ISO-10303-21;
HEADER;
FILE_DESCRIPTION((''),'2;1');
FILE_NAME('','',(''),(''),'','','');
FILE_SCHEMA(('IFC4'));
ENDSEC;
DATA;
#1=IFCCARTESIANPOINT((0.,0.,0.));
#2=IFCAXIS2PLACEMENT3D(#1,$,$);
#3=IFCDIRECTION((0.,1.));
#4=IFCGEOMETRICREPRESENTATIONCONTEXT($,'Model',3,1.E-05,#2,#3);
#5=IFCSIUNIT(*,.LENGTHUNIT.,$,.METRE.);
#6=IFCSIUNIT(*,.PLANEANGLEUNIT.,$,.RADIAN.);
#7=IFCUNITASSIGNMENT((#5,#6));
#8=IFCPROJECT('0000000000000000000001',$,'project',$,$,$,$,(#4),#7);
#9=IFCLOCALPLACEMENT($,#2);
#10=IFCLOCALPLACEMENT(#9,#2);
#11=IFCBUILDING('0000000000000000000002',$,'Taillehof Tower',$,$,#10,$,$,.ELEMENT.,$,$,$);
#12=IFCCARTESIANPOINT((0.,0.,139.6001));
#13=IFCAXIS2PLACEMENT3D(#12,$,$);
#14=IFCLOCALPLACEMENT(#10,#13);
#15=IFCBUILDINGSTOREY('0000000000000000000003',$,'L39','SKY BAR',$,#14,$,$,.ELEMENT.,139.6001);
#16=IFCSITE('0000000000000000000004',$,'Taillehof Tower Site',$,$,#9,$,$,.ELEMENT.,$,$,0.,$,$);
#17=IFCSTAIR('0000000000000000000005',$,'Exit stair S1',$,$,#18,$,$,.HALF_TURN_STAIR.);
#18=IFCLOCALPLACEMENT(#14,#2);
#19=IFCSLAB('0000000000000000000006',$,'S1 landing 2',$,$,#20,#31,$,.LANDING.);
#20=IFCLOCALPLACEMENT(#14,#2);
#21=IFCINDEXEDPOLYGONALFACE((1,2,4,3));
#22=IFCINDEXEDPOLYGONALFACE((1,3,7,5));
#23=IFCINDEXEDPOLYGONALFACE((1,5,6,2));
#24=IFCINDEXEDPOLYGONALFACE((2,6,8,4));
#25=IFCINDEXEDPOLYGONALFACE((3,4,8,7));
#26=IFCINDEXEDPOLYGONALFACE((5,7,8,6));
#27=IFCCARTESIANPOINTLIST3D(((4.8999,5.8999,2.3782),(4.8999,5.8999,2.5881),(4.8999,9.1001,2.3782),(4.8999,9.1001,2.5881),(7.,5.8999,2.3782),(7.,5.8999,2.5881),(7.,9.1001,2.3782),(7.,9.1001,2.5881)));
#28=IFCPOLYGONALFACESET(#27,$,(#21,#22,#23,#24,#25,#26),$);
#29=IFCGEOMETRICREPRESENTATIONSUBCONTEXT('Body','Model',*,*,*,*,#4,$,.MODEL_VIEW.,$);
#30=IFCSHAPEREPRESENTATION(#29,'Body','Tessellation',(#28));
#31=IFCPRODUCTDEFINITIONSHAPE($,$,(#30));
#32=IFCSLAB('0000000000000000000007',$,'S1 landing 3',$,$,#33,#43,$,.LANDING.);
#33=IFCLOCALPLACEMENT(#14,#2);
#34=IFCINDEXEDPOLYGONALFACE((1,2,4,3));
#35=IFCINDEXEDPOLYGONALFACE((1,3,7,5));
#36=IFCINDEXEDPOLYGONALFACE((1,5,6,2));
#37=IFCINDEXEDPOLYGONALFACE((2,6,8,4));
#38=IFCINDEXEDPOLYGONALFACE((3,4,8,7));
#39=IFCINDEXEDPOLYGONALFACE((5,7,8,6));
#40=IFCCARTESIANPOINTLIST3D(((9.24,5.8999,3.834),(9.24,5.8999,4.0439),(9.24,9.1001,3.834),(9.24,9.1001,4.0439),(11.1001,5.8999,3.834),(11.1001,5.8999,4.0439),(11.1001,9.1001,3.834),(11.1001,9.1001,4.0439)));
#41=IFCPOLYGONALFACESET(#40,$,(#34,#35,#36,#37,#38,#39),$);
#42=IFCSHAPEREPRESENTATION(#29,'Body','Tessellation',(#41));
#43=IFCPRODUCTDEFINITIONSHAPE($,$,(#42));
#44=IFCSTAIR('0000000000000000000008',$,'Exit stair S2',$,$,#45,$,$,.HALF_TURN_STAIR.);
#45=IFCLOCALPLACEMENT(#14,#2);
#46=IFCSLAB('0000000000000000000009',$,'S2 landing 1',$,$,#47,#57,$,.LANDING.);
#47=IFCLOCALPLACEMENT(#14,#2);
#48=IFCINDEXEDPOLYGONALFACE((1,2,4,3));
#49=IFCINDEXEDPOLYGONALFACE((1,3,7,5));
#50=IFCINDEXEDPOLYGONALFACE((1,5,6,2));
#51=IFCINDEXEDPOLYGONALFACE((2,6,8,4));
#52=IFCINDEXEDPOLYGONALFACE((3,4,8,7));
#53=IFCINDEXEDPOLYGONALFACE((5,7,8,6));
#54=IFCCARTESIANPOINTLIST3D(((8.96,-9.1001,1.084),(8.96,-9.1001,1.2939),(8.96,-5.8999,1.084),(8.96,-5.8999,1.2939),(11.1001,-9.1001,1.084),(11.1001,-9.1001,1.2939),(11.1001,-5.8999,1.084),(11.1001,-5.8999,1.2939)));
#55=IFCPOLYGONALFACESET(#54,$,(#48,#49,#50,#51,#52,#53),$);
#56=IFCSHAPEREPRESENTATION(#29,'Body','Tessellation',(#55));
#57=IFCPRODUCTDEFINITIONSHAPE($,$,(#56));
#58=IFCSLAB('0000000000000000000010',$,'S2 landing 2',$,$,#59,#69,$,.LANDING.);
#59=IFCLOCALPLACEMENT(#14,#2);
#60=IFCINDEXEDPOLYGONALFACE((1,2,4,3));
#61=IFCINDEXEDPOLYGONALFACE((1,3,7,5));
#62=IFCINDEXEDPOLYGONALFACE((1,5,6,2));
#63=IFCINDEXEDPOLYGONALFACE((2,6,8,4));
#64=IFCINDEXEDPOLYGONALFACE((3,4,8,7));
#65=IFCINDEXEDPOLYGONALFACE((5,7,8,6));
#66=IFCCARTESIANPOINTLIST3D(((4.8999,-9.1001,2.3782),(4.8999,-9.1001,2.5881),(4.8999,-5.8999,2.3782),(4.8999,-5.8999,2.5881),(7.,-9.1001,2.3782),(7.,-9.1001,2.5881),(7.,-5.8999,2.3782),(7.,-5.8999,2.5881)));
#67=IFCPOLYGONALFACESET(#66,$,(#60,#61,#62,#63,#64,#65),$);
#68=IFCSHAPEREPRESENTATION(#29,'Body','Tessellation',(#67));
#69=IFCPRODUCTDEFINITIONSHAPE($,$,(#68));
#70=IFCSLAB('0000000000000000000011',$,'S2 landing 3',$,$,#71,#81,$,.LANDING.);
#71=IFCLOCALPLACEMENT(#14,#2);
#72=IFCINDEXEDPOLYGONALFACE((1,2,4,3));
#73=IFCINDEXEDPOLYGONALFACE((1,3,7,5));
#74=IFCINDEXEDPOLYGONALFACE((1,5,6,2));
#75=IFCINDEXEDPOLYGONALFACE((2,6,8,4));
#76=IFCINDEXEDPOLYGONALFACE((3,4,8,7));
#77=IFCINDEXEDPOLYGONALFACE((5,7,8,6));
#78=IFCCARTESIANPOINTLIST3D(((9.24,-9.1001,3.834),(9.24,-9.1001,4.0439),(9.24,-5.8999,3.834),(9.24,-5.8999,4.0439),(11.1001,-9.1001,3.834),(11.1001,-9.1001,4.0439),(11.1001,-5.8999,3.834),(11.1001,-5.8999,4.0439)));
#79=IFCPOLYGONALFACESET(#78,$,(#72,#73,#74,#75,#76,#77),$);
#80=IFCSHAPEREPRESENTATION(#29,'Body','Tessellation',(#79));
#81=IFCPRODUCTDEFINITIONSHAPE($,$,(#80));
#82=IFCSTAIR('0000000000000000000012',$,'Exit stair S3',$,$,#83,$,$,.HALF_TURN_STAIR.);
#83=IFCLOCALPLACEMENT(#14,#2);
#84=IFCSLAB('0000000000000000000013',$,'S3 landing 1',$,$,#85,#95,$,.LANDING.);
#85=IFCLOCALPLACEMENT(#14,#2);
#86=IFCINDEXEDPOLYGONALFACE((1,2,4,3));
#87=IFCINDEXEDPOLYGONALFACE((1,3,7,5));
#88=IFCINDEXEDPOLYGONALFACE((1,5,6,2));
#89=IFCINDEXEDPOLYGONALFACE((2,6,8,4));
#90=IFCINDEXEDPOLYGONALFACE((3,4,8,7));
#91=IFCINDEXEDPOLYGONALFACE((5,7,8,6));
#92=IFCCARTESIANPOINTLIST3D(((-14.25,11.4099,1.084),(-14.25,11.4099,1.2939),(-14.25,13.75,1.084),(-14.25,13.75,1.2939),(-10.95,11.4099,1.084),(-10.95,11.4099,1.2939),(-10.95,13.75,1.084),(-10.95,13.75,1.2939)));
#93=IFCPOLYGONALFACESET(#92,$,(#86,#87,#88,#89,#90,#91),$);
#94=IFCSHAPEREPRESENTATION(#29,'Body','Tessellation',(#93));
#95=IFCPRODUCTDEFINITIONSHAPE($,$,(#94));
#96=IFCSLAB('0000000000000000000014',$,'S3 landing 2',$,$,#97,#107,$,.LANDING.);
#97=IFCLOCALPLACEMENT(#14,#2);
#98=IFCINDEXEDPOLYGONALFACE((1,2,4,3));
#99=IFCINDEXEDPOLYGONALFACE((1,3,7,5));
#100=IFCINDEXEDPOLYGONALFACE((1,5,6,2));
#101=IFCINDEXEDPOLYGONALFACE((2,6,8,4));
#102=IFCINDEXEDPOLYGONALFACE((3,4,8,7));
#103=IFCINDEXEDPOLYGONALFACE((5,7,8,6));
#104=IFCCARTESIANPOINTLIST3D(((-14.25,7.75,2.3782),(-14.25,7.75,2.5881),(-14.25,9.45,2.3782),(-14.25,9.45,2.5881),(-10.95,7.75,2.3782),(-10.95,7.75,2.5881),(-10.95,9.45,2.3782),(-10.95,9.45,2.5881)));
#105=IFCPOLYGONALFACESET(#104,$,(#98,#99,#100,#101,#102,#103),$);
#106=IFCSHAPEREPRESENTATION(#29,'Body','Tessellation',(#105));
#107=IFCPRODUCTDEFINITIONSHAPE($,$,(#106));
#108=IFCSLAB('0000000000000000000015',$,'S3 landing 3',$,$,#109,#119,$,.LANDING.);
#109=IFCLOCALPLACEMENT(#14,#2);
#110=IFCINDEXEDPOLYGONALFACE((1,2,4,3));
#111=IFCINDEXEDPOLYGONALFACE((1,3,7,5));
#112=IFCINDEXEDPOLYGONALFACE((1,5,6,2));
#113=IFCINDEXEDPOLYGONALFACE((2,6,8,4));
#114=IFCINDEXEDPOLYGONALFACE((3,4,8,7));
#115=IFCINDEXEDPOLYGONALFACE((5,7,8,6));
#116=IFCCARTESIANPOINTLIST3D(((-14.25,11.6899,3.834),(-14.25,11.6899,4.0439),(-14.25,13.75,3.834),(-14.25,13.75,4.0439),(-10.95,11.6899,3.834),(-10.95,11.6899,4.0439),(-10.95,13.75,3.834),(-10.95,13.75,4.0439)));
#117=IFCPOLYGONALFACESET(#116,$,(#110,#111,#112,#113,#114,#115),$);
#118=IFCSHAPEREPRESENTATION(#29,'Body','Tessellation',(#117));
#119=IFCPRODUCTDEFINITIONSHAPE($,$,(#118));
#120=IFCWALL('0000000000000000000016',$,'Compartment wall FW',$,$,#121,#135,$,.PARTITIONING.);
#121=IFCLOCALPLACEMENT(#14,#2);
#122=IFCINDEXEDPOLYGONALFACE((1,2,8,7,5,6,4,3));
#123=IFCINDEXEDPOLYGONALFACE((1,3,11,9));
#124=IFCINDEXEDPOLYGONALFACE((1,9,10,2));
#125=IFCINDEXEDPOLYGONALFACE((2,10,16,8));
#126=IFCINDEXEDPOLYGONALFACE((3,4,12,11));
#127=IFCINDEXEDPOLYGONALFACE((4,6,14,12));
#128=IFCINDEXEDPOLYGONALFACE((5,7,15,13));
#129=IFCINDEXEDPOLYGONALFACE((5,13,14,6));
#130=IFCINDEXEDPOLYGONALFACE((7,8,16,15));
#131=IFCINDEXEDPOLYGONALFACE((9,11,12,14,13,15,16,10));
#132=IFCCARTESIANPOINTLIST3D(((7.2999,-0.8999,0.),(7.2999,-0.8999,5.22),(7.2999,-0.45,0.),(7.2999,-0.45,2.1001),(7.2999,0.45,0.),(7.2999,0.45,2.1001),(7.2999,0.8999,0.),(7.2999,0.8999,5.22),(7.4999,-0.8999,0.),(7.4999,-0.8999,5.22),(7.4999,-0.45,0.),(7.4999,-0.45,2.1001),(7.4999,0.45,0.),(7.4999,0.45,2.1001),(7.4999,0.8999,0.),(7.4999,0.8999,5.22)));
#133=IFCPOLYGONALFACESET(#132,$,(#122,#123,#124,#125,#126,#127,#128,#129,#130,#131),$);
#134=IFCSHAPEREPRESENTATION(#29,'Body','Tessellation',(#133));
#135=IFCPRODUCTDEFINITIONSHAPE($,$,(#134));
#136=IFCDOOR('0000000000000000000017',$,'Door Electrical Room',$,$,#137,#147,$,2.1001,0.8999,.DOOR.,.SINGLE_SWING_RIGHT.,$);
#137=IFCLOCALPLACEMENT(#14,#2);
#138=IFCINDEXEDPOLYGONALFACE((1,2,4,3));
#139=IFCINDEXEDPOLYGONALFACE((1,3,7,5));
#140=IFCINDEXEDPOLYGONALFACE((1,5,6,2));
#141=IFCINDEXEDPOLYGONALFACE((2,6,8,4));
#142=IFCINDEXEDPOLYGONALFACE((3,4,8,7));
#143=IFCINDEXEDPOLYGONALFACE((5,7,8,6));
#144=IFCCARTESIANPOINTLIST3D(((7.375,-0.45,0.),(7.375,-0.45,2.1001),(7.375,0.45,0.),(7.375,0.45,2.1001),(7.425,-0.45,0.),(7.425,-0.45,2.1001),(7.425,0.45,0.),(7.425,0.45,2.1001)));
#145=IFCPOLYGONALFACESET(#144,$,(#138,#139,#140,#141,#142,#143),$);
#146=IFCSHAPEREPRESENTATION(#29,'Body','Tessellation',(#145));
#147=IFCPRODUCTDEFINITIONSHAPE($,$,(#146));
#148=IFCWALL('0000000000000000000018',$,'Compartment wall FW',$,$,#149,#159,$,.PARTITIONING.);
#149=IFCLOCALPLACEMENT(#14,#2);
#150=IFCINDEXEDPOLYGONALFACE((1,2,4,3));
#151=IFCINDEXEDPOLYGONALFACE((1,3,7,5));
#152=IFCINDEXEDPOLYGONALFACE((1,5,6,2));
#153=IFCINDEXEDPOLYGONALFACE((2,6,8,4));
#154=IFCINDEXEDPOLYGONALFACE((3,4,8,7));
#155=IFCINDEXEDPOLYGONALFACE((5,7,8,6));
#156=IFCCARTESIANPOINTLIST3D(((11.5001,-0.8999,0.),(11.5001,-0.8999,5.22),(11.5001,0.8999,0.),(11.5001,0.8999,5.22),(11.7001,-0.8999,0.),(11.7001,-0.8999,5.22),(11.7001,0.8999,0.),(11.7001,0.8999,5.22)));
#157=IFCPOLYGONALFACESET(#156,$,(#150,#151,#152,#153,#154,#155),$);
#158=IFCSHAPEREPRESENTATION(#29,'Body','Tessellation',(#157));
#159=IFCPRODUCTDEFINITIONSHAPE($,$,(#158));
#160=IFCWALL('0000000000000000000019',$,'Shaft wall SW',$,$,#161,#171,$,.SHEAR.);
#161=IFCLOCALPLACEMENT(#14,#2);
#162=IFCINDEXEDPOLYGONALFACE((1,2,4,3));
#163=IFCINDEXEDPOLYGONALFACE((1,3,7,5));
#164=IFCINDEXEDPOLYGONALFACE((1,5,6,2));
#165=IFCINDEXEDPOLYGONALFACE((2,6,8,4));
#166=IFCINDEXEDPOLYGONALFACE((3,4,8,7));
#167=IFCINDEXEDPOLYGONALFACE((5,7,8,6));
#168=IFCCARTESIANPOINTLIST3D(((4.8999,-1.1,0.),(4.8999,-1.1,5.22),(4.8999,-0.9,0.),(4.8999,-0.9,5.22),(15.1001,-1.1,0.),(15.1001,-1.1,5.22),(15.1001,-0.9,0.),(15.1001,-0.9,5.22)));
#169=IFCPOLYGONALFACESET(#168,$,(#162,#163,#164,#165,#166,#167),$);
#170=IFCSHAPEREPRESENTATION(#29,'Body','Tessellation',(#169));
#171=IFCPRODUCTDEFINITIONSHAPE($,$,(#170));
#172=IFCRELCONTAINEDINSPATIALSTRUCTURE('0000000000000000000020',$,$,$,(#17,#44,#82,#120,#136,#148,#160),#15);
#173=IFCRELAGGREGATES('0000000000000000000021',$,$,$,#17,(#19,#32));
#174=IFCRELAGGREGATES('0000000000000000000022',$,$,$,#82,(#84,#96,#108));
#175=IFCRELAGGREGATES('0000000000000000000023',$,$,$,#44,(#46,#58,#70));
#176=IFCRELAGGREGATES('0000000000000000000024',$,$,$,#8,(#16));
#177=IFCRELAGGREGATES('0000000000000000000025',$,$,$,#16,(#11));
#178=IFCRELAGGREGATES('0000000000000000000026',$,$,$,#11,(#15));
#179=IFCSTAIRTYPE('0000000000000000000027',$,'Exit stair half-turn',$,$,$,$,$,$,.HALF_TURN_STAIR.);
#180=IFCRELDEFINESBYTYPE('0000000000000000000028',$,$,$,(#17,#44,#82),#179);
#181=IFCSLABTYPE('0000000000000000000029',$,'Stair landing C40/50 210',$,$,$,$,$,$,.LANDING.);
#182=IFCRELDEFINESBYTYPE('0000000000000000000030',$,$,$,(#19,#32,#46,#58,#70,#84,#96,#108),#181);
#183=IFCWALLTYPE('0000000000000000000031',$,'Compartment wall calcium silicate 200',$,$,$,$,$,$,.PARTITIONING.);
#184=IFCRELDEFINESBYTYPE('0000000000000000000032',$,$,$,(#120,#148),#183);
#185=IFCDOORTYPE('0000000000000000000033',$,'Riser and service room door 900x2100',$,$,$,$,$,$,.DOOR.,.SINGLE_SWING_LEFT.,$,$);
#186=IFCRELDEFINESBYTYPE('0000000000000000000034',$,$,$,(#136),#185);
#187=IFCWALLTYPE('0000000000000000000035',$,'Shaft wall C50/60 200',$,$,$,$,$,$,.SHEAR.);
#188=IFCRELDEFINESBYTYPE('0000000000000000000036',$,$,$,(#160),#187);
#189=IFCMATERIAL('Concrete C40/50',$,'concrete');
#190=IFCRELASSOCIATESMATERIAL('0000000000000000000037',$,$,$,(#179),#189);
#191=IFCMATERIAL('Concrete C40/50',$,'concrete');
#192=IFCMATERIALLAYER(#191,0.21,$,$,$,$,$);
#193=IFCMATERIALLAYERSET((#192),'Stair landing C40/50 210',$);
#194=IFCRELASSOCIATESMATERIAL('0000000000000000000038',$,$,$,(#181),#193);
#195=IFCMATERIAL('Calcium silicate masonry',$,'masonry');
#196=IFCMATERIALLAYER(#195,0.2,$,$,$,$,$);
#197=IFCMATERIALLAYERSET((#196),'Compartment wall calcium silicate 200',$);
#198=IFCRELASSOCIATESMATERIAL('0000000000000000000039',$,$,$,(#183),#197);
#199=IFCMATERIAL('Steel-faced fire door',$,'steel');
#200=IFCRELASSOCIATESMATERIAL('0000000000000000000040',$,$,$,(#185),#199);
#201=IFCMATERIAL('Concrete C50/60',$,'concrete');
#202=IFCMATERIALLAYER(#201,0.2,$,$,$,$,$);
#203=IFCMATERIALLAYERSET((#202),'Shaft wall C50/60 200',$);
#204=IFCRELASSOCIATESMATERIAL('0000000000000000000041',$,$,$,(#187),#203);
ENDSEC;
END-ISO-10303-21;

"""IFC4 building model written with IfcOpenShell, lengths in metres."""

from ifc_helpers import new_model, si_unit, direction, frame, frame_2d, origin, place, context, subcontext, project, spatial, polyline, rectangle, outline, extrude, material, layer, layer_set, type_object, element, fill, aggregate, save


model = new_model("IFC4")

# Units and contexts
model_context = context("Model", 3, precision=1e-05, world=origin(), true_north=direction((0.0, 1.0)))
body_context = subcontext(model_context, "Body", "Model", "MODEL_VIEW")
ifc_project = project(units=[si_unit("LENGTHUNIT", "METRE"), si_unit("PLANEANGLEUNIT", "RADIAN")], contexts=[model_context])

# Site, building, storey
site_placement = place(None, origin())
site = spatial("IfcSite", under=ifc_project, at=site_placement, Name="Taillehof Tower Site", CompositionType="ELEMENT", RefElevation=0.0)
building_placement = place(site_placement, origin())
building = spatial("IfcBuilding", under=site, at=building_placement, Name="Taillehof Tower", CompositionType="ELEMENT")
storey_placement = place(building_placement, frame((0.0, 0.0, 139.6001)))
storey = spatial("IfcBuildingStorey", under=building, at=storey_placement, Name="L39", Description="SKY BAR", CompositionType="ELEMENT", Elevation=139.6001)

# Stairs, slabs
ifc_material_1 = material(Name="Concrete C40/50", Category="concrete")
stair_type = type_object("IfcStairType", Name="Exit stair half-turn", PredefinedType="HALF_TURN_STAIR", material=ifc_material_1)
stair_1_placement = place(storey_placement, origin())
stair_1 = element("IfcStair", 1, at=stair_1_placement, inside=storey, type_object=stair_type, Name="Exit stair S1", PredefinedType="HALF_TURN_STAIR")
ifc_material_2 = material(Name="Concrete C40/50", Category="concrete")
ifc_layer_1 = layer(ifc_material_2, 0.21)
ifc_layer_set_1 = layer_set([ifc_layer_1], Name="Stair landing C40/50 210")
slab_type = type_object("IfcSlabType", Name="Stair landing C40/50 210", PredefinedType="LANDING", material=ifc_layer_set_1)
slab_1_placement = place(storey_placement, frame((0.0, 0.0, 2.3782)))
slab_1 = element("IfcSlab", 2, at=slab_1_placement, type_object=slab_type, Name="S1 landing 2", PredefinedType="LANDING", context=body_context, shape_type="SweptSolid", body=[
    extrude(outline(polyline([(4.8999, 5.8999), (7.0, 5.8999), (7.0, 9.1001), (4.8999, 9.1001), (4.8999, 5.8999)])), origin(), (0.0, 0.0, 1.0), 0.21),
])
slab_2_placement = place(storey_placement, frame((0.0, 0.0, 3.834)))
slab_2 = element("IfcSlab", 3, at=slab_2_placement, type_object=slab_type, Name="S1 landing 3", PredefinedType="LANDING", context=body_context, shape_type="SweptSolid", body=[
    extrude(outline(polyline([(9.24, 5.8999), (11.1001, 5.8999), (11.1001, 9.1001), (9.24, 9.1001), (9.24, 5.8999)])), origin(), (0.0, 0.0, 1.0), 0.21),
])
aggregate(stair_1, [slab_1, slab_2])
stair_2_placement = place(storey_placement, origin())
stair_2 = element("IfcStair", 4, at=stair_2_placement, inside=storey, type_object=stair_type, Name="Exit stair S2", PredefinedType="HALF_TURN_STAIR")
slab_3_placement = place(storey_placement, frame((0.0, 0.0, 1.084)))
slab_3 = element("IfcSlab", 5, at=slab_3_placement, type_object=slab_type, Name="S2 landing 1", PredefinedType="LANDING", context=body_context, shape_type="SweptSolid", body=[
    extrude(outline(polyline([(8.96, -5.8999), (11.1001, -5.8999), (11.1001, -9.1001), (8.96, -9.1001), (8.96, -5.8999)])), origin(), (0.0, 0.0, 1.0), 0.21),
])
slab_4_placement = place(storey_placement, frame((0.0, 0.0, 2.3782)))
slab_4 = element("IfcSlab", 6, at=slab_4_placement, type_object=slab_type, Name="S2 landing 2", PredefinedType="LANDING", context=body_context, shape_type="SweptSolid", body=[
    extrude(outline(polyline([(4.8999, -5.8999), (7.0, -5.8999), (7.0, -9.1001), (4.8999, -9.1001), (4.8999, -5.8999)])), origin(), (0.0, 0.0, 1.0), 0.21),
])
slab_5_placement = place(storey_placement, frame((0.0, 0.0, 3.834)))
slab_5 = element("IfcSlab", 7, at=slab_5_placement, type_object=slab_type, Name="S2 landing 3", PredefinedType="LANDING", context=body_context, shape_type="SweptSolid", body=[
    extrude(outline(polyline([(9.24, -5.8999), (11.1001, -5.8999), (11.1001, -9.1001), (9.24, -9.1001), (9.24, -5.8999)])), origin(), (0.0, 0.0, 1.0), 0.21),
])
stair_3_placement = place(storey_placement, origin())
stair_3 = element("IfcStair", 8, at=stair_3_placement, inside=storey, type_object=stair_type, Name="Exit stair S3", PredefinedType="HALF_TURN_STAIR")
slab_6_placement = place(storey_placement, frame((0.0, 0.0, 1.084)))
slab_6 = element("IfcSlab", 9, at=slab_6_placement, type_object=slab_type, Name="S3 landing 1", PredefinedType="LANDING", context=body_context, shape_type="SweptSolid", body=[
    extrude(outline(polyline([(-14.25, 11.4099), (-14.25, 13.75), (-10.95, 13.75), (-10.95, 11.4099), (-14.25, 11.4099)])), origin(), (0.0, 0.0, 1.0), 0.21),
])
slab_7_placement = place(storey_placement, frame((0.0, 0.0, 2.3782)))
slab_7 = element("IfcSlab", 10, at=slab_7_placement, type_object=slab_type, Name="S3 landing 2", PredefinedType="LANDING", context=body_context, shape_type="SweptSolid", body=[
    extrude(outline(polyline([(-14.25, 7.75), (-14.25, 9.45), (-10.95, 9.45), (-10.95, 7.75), (-14.25, 7.75)])), origin(), (0.0, 0.0, 1.0), 0.21),
])
slab_8_placement = place(storey_placement, frame((0.0, 0.0, 3.834)))
slab_8 = element("IfcSlab", 11, at=slab_8_placement, type_object=slab_type, Name="S3 landing 3", PredefinedType="LANDING", context=body_context, shape_type="SweptSolid", body=[
    extrude(outline(polyline([(-14.25, 11.6899), (-14.25, 13.75), (-10.95, 13.75), (-10.95, 11.6899), (-14.25, 11.6899)])), origin(), (0.0, 0.0, 1.0), 0.21),
])
aggregate(stair_3, [slab_6, slab_7, slab_8])

# Wall, opening, door
ifc_material_3 = material(Name="Calcium silicate masonry", Category="masonry")
ifc_layer_2 = layer(ifc_material_3, 0.2)
ifc_layer_set_2 = layer_set([ifc_layer_2], Name="Compartment wall calcium silicate 200")
wall_type_1 = type_object("IfcWallType", Name="Compartment wall calcium silicate 200", PredefinedType="PARTITIONING", material=ifc_layer_set_2)
wall_1_placement = place(storey_placement, frame((7.3999, -0.8999, 0.0), z_axis=(0.0, 0.0, 1.0), x_axis=(0.0, 1.0, 0.0)))
wall_1 = element("IfcWall", 12, at=wall_1_placement, inside=storey, type_object=wall_type_1, Name="Compartment wall FW", PredefinedType="PARTITIONING", context=body_context, shape_type="SweptSolid", body=[
    extrude(rectangle(XDim=1.7998, YDim=0.2, at=frame_2d((0.8999, 0.0))), origin(), (0.0, 0.0, 1.0), 5.22),
])
opening_1_placement = place(wall_1_placement, frame((0.45, 0.0, 0.0)))
opening_1 = element("IfcOpeningElement", 13, at=opening_1_placement, cuts=wall_1, PredefinedType="OPENING", context=body_context, shape_type="SweptSolid", body=[
    extrude(rectangle(XDim=0.8999, YDim=2.1001, at=frame_2d((0.45, 1.05))), frame((0.0, 0.1099, 0.0), z_axis=(0.0, -1.0, 0.0), x_axis=(1.0, 0.0, 0.0)), (0.0, 0.0, 1.0), 0.22),
])
ifc_material_4 = material(Name="Steel-faced fire door", Category="steel")
door_type_1 = type_object("IfcDoorType", Name="Riser and service room door 900x2100", OperationType="SINGLE_SWING_LEFT", PredefinedType="DOOR", material=ifc_material_4)
door_1_placement = place(opening_1_placement, origin())
door_1 = element("IfcDoor", 14, at=door_1_placement, inside=storey, type_object=door_type_1, Name="Door Electrical Room", OperationType="SINGLE_SWING_RIGHT", OverallHeight=2.1001, OverallWidth=0.8999, PredefinedType="DOOR", context=body_context, shape_type="SweptSolid", body=[
    extrude(rectangle(XDim=0.8999, YDim=2.1001, at=frame_2d((0.45, 1.05))), frame((0.0, 0.0249, 0.0), z_axis=(0.0, -1.0, 0.0), x_axis=(1.0, 0.0, 0.0)), (0.0, 0.0, 1.0), 0.05),
])
fill(opening_1, door_1)

# Walls
wall_2_placement = place(storey_placement, frame((11.6001, -0.8999, 0.0), z_axis=(0.0, 0.0, 1.0), x_axis=(0.0, 1.0, 0.0)))
element("IfcWall", 15, at=wall_2_placement, inside=storey, type_object=wall_type_1, Name="Compartment wall FW", PredefinedType="PARTITIONING", context=body_context, shape_type="SweptSolid", body=[
    extrude(rectangle(XDim=1.7998, YDim=0.2, at=frame_2d((0.8999, 0.0))), origin(), (0.0, 0.0, 1.0), 5.22),
])
ifc_material_5 = material(Name="Concrete C50/60", Category="concrete")
ifc_layer_3 = layer(ifc_material_5, 0.2)
ifc_layer_set_3 = layer_set([ifc_layer_3], Name="Shaft wall C50/60 200")
wall_type_2 = type_object("IfcWallType", Name="Shaft wall C50/60 200", PredefinedType="SHEAR", material=ifc_layer_set_3)
wall_3_placement = place(storey_placement, frame((4.8999, -1.0, 0.0), z_axis=(0.0, 0.0, 1.0), x_axis=(1.0, 0.0, 0.0)))
element("IfcWall", 16, at=wall_3_placement, inside=storey, type_object=wall_type_2, Name="Shaft wall SW", PredefinedType="SHEAR", context=body_context, shape_type="SweptSolid", body=[
    extrude(rectangle(XDim=10.2002, YDim=0.2, at=frame_2d((5.1001, 0.0))), origin(), (0.0, 0.0, 1.0), 5.22),
])

aggregate(stair_2, [slab_3, slab_4, slab_5])

save(model, "model.ifc")
